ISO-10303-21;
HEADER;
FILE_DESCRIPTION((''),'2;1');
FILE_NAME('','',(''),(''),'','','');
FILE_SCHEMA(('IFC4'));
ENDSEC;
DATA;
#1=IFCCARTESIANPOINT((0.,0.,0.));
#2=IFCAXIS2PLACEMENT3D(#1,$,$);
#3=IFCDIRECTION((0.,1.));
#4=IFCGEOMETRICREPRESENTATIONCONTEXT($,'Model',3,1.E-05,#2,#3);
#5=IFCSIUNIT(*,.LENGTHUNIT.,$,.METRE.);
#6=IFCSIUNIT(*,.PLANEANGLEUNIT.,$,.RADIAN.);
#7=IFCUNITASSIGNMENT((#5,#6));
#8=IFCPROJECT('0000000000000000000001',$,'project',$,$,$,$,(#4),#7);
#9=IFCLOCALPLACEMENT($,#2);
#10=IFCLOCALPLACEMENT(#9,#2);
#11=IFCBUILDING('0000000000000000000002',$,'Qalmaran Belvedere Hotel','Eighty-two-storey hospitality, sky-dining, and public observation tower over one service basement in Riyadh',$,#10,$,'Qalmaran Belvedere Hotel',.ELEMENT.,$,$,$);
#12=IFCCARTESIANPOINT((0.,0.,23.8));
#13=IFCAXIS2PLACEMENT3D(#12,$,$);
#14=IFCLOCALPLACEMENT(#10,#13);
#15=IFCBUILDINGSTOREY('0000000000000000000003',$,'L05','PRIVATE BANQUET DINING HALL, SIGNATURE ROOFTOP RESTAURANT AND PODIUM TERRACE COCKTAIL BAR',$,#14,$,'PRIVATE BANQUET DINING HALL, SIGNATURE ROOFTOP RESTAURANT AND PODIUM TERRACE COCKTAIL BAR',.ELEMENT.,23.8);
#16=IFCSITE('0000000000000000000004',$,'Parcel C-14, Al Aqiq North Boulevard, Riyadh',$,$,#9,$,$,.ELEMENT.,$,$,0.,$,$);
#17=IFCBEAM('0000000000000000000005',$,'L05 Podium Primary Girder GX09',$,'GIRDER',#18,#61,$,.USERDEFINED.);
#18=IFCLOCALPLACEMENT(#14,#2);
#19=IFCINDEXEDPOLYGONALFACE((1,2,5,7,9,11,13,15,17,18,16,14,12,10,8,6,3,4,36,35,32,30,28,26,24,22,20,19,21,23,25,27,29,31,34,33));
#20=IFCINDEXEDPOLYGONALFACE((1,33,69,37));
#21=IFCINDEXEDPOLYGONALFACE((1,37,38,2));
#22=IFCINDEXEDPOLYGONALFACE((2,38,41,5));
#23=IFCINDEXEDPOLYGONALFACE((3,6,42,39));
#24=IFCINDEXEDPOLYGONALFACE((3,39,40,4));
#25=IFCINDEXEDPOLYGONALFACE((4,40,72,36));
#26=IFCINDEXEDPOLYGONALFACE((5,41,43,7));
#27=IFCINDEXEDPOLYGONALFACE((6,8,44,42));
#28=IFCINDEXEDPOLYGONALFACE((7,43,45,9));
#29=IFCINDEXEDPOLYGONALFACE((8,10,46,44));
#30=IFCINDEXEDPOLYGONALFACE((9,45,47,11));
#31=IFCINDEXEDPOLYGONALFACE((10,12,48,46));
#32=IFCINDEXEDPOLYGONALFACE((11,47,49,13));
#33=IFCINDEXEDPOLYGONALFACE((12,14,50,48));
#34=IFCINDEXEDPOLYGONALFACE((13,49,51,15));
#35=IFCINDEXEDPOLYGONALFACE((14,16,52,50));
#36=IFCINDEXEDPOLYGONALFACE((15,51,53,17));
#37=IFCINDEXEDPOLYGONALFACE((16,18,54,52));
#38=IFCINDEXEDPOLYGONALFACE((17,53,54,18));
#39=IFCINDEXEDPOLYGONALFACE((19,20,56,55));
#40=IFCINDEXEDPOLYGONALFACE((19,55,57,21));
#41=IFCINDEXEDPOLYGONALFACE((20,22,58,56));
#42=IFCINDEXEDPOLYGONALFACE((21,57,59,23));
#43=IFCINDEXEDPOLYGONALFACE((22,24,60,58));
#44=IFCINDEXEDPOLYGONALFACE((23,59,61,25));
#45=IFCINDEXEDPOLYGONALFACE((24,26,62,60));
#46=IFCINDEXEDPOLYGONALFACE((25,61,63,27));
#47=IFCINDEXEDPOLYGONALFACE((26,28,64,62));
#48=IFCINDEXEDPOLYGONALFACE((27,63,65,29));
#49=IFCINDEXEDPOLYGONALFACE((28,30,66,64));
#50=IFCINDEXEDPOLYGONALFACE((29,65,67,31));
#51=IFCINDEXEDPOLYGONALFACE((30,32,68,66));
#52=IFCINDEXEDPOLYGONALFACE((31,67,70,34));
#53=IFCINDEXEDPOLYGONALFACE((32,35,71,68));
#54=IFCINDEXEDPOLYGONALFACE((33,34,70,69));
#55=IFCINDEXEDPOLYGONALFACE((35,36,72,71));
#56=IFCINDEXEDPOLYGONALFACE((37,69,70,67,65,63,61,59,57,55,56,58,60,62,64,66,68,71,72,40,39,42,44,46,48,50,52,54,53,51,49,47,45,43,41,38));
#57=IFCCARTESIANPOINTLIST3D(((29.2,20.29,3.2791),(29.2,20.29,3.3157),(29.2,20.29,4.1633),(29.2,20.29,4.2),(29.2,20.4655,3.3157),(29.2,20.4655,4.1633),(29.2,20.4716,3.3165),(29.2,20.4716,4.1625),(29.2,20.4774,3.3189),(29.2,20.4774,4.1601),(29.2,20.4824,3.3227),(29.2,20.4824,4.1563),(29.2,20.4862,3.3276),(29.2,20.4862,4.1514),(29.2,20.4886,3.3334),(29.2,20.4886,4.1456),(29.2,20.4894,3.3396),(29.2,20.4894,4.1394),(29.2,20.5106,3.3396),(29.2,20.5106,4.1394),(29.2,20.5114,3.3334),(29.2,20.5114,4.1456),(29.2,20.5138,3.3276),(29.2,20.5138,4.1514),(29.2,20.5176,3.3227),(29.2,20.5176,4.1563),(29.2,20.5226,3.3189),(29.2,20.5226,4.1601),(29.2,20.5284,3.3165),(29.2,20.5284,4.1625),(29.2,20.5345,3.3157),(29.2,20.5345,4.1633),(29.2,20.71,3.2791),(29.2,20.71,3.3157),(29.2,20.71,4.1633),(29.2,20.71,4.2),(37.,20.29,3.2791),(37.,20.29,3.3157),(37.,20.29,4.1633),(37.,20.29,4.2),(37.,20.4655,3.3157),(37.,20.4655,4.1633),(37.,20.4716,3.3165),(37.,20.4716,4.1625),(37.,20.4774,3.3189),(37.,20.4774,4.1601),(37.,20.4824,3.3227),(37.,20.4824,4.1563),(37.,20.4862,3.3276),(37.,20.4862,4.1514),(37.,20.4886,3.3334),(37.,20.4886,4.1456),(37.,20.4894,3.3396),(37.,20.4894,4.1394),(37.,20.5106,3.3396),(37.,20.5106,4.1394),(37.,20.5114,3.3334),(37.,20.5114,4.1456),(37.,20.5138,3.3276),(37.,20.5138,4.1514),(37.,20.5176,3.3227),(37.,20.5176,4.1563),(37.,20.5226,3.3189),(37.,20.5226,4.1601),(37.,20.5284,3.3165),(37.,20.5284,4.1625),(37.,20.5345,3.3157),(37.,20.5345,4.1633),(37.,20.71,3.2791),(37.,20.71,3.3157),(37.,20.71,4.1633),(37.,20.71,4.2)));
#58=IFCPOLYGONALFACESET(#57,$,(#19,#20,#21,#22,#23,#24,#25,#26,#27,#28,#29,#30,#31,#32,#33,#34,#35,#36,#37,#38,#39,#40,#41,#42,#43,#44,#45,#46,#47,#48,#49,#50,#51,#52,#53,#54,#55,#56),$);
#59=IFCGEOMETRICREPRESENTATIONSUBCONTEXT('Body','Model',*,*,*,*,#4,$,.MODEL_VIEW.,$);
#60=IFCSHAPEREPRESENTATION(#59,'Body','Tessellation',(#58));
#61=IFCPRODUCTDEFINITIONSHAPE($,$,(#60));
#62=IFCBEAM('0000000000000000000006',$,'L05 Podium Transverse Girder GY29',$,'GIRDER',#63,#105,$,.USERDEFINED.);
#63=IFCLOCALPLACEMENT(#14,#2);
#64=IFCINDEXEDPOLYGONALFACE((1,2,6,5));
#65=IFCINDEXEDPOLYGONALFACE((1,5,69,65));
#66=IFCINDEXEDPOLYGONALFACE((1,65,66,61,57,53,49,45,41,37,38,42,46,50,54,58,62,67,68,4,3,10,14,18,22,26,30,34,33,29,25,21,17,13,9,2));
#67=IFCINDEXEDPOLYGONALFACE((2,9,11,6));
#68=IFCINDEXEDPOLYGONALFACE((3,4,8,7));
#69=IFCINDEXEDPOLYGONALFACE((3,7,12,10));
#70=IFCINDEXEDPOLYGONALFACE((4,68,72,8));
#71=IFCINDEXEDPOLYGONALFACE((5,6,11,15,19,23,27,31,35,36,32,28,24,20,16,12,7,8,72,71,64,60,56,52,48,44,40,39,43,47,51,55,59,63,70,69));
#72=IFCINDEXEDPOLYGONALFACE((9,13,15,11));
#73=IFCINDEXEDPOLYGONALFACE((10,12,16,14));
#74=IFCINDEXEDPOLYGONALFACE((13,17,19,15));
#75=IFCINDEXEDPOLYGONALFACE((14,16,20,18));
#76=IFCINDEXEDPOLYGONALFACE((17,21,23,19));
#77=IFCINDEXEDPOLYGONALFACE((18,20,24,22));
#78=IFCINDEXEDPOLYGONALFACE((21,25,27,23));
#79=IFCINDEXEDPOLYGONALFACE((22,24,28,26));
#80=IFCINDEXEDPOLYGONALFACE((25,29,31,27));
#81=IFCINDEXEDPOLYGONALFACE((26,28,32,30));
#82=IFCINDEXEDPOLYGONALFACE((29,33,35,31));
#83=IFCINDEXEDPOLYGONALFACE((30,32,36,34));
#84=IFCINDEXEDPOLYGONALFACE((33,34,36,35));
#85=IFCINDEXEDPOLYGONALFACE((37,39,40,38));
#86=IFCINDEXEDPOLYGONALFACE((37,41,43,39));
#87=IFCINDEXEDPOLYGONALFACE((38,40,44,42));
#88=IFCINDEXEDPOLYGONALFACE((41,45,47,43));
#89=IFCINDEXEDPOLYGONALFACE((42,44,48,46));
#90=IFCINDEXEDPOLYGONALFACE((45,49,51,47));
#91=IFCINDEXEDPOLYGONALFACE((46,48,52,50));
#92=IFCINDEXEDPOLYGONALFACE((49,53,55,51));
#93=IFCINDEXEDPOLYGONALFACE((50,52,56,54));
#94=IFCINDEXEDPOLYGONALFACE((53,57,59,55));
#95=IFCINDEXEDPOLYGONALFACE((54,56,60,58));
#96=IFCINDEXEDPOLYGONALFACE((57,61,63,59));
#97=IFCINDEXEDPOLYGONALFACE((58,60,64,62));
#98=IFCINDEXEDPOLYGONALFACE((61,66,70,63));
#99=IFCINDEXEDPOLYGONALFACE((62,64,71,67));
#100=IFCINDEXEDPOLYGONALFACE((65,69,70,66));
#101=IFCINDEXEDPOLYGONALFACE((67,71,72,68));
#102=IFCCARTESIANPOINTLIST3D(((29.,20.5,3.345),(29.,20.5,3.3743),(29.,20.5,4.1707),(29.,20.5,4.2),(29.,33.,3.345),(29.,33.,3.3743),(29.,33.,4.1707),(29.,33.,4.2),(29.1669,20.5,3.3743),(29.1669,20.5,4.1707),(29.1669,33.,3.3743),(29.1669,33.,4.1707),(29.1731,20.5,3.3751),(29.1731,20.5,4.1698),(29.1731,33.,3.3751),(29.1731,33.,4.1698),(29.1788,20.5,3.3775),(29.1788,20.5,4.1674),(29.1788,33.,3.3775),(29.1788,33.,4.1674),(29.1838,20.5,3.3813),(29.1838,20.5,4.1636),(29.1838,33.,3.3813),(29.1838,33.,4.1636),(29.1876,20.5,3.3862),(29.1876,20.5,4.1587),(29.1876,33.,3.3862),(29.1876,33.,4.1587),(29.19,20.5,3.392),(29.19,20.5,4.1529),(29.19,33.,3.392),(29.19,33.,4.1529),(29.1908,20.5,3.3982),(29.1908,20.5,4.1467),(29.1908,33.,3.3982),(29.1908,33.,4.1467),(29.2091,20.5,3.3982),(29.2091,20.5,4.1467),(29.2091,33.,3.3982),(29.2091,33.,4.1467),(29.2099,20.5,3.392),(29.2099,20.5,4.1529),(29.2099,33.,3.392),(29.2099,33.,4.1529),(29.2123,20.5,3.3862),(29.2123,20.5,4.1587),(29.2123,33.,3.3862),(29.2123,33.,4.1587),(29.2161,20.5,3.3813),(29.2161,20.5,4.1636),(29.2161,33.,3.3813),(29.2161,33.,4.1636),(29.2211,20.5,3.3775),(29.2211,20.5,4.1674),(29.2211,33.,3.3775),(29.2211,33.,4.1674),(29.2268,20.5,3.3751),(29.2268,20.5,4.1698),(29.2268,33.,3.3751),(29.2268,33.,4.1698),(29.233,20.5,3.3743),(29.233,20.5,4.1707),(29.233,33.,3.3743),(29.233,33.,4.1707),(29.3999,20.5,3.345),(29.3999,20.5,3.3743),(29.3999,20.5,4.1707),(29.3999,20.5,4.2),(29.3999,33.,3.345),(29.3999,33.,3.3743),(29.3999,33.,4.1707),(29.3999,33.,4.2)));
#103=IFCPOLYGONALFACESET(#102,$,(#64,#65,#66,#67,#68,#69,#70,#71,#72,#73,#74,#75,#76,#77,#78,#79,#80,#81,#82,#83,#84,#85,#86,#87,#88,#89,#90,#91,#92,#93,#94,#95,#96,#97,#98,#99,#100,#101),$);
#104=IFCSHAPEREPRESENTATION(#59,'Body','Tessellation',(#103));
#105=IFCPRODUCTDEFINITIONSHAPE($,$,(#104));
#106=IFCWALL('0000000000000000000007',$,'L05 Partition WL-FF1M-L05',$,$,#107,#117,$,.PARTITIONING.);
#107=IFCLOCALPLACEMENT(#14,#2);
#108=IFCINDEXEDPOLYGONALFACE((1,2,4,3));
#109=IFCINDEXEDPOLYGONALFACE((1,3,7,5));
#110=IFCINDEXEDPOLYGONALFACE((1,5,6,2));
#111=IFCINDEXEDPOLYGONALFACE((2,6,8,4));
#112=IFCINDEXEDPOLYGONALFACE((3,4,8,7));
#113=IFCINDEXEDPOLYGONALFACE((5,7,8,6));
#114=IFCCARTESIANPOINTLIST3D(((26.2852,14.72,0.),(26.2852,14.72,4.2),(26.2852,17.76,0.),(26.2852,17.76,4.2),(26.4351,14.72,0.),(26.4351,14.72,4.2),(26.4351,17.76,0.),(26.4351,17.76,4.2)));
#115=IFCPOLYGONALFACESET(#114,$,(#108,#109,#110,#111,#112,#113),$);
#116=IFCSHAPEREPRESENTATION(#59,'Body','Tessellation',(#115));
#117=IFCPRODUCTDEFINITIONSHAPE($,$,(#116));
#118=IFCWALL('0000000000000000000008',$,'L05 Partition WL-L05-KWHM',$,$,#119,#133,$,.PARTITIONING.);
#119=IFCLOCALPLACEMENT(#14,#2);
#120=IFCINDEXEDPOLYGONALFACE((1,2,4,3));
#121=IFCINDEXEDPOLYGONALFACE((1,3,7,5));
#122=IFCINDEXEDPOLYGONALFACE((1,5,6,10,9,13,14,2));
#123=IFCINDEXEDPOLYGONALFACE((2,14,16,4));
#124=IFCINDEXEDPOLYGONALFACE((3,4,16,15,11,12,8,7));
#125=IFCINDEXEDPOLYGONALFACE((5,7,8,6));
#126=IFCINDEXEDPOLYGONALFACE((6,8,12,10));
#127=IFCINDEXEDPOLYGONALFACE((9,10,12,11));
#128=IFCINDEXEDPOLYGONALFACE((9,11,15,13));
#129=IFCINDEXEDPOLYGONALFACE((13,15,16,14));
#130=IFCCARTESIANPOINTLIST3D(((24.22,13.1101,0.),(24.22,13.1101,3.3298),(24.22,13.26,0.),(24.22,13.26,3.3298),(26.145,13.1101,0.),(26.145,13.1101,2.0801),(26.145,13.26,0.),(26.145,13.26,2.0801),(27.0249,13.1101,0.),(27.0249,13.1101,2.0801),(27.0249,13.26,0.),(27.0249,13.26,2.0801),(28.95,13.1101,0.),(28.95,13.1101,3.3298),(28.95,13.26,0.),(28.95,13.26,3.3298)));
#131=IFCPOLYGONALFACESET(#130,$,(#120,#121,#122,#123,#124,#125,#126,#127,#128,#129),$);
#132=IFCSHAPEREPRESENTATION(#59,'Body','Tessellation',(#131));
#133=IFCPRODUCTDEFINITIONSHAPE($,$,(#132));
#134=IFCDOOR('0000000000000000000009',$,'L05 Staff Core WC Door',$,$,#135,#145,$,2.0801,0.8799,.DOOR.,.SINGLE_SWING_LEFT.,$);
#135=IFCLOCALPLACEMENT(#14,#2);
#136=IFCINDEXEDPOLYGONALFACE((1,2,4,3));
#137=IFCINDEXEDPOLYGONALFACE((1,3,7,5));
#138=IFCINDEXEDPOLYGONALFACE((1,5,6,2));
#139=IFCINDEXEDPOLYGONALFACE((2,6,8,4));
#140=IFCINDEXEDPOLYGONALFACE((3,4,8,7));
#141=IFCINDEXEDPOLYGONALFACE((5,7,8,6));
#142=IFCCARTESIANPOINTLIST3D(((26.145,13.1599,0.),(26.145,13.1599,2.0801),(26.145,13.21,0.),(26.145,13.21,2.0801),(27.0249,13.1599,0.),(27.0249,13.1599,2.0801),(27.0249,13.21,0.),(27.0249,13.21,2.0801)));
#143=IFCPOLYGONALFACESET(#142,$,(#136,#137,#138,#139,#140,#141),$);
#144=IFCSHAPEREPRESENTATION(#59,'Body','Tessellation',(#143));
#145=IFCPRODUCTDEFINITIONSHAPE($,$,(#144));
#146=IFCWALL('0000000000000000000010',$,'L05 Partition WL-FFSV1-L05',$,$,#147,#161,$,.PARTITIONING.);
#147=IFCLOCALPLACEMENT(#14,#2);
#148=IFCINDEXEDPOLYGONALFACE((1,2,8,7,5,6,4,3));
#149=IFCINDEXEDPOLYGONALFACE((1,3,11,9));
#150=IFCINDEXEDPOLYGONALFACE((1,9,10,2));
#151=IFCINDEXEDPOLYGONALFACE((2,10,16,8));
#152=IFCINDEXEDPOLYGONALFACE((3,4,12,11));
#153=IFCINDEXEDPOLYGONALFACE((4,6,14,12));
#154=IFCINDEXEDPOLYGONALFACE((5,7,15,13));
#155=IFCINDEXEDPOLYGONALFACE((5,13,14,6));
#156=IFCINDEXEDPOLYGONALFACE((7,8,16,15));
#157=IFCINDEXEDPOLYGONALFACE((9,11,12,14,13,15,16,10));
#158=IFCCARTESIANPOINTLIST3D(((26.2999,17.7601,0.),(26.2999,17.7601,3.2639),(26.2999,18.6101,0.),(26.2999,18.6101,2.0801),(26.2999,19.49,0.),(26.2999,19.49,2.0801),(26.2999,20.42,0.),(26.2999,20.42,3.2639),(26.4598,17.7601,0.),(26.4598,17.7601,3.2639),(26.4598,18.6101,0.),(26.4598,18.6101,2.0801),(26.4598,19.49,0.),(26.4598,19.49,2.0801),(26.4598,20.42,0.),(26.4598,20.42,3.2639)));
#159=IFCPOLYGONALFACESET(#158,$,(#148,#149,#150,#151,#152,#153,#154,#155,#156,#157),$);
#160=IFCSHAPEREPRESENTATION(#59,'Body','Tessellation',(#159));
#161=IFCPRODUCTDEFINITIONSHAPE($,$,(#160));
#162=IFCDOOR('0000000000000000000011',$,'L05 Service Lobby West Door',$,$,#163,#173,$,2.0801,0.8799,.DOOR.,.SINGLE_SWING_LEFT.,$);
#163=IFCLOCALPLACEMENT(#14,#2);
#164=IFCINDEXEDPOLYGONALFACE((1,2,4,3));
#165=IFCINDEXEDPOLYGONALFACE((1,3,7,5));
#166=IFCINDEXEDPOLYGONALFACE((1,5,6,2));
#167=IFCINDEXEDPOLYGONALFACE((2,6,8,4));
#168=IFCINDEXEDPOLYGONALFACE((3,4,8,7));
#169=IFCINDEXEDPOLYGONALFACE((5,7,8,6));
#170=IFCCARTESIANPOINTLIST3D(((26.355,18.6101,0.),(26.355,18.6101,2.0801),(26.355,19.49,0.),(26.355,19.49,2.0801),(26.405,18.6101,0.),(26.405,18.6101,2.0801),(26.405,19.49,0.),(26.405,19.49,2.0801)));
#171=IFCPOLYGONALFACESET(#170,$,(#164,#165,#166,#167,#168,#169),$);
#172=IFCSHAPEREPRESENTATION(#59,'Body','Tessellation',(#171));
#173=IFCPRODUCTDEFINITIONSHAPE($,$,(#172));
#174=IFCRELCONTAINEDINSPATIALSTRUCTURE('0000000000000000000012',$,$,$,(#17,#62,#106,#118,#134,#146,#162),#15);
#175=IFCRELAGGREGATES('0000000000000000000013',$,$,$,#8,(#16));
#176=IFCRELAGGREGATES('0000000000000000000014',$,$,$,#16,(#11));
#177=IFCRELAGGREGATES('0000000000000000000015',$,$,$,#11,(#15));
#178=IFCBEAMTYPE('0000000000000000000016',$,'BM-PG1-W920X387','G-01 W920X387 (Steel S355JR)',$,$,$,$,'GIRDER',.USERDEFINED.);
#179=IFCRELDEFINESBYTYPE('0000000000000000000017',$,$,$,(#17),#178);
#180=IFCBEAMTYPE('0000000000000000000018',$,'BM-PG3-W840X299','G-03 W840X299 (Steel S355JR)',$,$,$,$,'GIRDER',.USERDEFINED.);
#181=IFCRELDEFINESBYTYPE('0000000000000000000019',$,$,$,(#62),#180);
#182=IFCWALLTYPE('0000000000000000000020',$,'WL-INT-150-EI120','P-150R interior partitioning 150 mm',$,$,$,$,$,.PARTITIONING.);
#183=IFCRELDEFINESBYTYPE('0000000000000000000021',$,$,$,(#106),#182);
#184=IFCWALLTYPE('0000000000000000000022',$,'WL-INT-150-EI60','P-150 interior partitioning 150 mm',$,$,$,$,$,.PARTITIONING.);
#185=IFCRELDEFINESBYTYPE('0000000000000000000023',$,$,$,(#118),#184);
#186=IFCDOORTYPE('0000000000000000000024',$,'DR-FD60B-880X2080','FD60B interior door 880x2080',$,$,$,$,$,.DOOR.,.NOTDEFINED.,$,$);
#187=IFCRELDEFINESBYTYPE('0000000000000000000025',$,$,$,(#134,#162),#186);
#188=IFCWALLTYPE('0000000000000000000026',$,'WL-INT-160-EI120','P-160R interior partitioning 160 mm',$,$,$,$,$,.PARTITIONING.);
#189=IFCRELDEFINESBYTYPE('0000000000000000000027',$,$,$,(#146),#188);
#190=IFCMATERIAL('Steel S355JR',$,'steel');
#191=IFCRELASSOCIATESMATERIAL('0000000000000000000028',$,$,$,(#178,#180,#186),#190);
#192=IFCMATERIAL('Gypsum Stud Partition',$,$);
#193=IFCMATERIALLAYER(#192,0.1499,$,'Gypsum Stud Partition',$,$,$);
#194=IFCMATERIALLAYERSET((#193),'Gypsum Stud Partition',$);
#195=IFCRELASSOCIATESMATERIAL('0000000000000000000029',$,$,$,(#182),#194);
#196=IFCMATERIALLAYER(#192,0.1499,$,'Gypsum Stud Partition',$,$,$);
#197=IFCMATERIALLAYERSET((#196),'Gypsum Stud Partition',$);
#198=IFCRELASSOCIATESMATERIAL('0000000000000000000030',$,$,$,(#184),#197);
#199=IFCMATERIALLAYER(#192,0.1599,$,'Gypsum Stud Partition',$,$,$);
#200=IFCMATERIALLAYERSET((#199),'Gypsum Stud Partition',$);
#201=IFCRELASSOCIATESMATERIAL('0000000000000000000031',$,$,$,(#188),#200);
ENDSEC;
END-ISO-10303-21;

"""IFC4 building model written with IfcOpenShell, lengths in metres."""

from ifc_helpers import new_model, si_unit, direction, frame, frame_2d, origin, origin_2d, place, context, subcontext, project, spatial, rectangle, i_section, extrude, material, layer, layer_set, material_profile, profile_set, type_object, element, fill, save


model = new_model("IFC4")

# Units and contexts
model_context = context("Model", 3, precision=1e-05, world=origin(), true_north=direction((0.0, 1.0)))
body_context = subcontext(model_context, "Body", "Model", "MODEL_VIEW")
ifc_project = project(units=[si_unit("LENGTHUNIT", "METRE"), si_unit("PLANEANGLEUNIT", "RADIAN")], contexts=[model_context])

# Site, building, storey
site_placement = place(None, origin())
site = spatial("IfcSite", under=ifc_project, at=site_placement, Name="Parcel C-14, Al Aqiq North Boulevard, Riyadh", CompositionType="ELEMENT", RefElevation=0.0)
building_placement = place(site_placement, origin())
building = spatial("IfcBuilding", under=site, at=building_placement, Name="Qalmaran Belvedere Hotel", Description="Eighty-two-storey hospitality, sky-dining, and public observation tower over one service basement in Riyadh", LongName="Qalmaran Belvedere Hotel", CompositionType="ELEMENT")
storey_placement = place(building_placement, frame((0.0, 0.0, 23.8)))
storey = spatial("IfcBuildingStorey", under=building, at=storey_placement, Name="L05", Description="PRIVATE BANQUET DINING HALL, SIGNATURE ROOFTOP RESTAURANT AND PODIUM TERRACE COCKTAIL BAR", LongName="PRIVATE BANQUET DINING HALL, SIGNATURE ROOFTOP RESTAURANT AND PODIUM TERRACE COCKTAIL BAR", CompositionType="ELEMENT", Elevation=23.8)

# Beams
ifc_material_1 = material(Name="Steel S355JR", Category="steel")
ifc_material_profile_1 = material_profile(ifc_material_1, i_section(OverallWidth=0.4199, OverallDepth=0.9209, WebThickness=0.0212, FlangeThickness=0.0366, FilletRadius=0.0239, at=origin_2d()), Name="W920X387")
ifc_profile_set_1 = profile_set([ifc_material_profile_1], Name="Steel S355JR")
beam_type_1 = type_object("IfcBeamType", Name="BM-PG1-W920X387", Description="G-01 W920X387 (Steel S355JR)", ElementType="GIRDER", PredefinedType="USERDEFINED", material=ifc_profile_set_1)
beam_1_placement = place(storey_placement, frame((29.2, 20.5, 3.7395), z_axis=(1.0, 0.0, 0.0), x_axis=(0.0, 1.0, 0.0)))
element("IfcBeam", 1, at=beam_1_placement, inside=storey, type_object=beam_type_1, Name="L05 Podium Primary Girder GX09", ObjectType="GIRDER", PredefinedType="USERDEFINED", context=body_context, shape_type="SweptSolid", body=[
    extrude(i_section(OverallWidth=0.4199, OverallDepth=0.9209, WebThickness=0.0212, FlangeThickness=0.0366, FilletRadius=0.0239, at=origin_2d()), origin(), (0.0, 0.0, 1.0), 7.8),
])
ifc_material_profile_2 = material_profile(ifc_material_1, i_section(OverallWidth=0.3999, OverallDepth=0.855, WebThickness=0.0183, FlangeThickness=0.0293, FilletRadius=0.0239, at=origin_2d()), Name="W840X299")
ifc_profile_set_2 = profile_set([ifc_material_profile_2], Name="Steel S355JR")
beam_type_2 = type_object("IfcBeamType", Name="BM-PG3-W840X299", Description="G-03 W840X299 (Steel S355JR)", ElementType="GIRDER", PredefinedType="USERDEFINED", material=ifc_profile_set_2)
beam_2_placement = place(storey_placement, frame((29.2, 20.5, 3.7725), z_axis=(0.0, 1.0, 0.0), x_axis=(-1.0, 0.0, 0.0)))
element("IfcBeam", 2, at=beam_2_placement, inside=storey, type_object=beam_type_2, Name="L05 Podium Transverse Girder GY29", ObjectType="GIRDER", PredefinedType="USERDEFINED", context=body_context, shape_type="SweptSolid", body=[
    extrude(i_section(OverallWidth=0.3999, OverallDepth=0.855, WebThickness=0.0183, FlangeThickness=0.0293, FilletRadius=0.0239, at=origin_2d()), origin(), (0.0, 0.0, 1.0), 12.5),
])

# Wall
ifc_material_2 = material(Name="Gypsum Stud Partition")
ifc_layer_1 = layer(ifc_material_2, 0.1499, Name="Gypsum Stud Partition")
ifc_layer_set_1 = layer_set([ifc_layer_1], Name="Gypsum Stud Partition")
wall_type_1 = type_object("IfcWallType", Name="WL-INT-150-EI120", Description="P-150R interior partitioning 150 mm", PredefinedType="PARTITIONING", material=ifc_layer_set_1)
wall_1_placement = place(storey_placement, frame((26.3601, 14.72, 0.0), z_axis=(0.0, 0.0, 1.0), x_axis=(0.0, 1.0, 0.0)))
element("IfcWall", 3, at=wall_1_placement, inside=storey, type_object=wall_type_1, Name="L05 Partition WL-FF1M-L05", PredefinedType="PARTITIONING", context=body_context, shape_type="SweptSolid", body=[
    extrude(rectangle(XDim=3.04, YDim=0.1499, at=frame_2d((1.52, 0.0))), origin(), (0.0, 0.0, 1.0), 4.2),
])

# Walls, openings, doors
ifc_layer_2 = layer(ifc_material_2, 0.1499, Name="Gypsum Stud Partition")
ifc_layer_set_2 = layer_set([ifc_layer_2], Name="Gypsum Stud Partition")
wall_type_2 = type_object("IfcWallType", Name="WL-INT-150-EI60", Description="P-150 interior partitioning 150 mm", PredefinedType="PARTITIONING", material=ifc_layer_set_2)
wall_2_placement = place(storey_placement, frame((24.22, 13.1851, 0.0), z_axis=(0.0, 0.0, 1.0), x_axis=(1.0, 0.0, 0.0)))
wall_2 = element("IfcWall", 4, at=wall_2_placement, inside=storey, type_object=wall_type_2, Name="L05 Partition WL-L05-KWHM", PredefinedType="PARTITIONING", context=body_context, shape_type="SweptSolid", body=[
    extrude(rectangle(XDim=4.73, YDim=0.1499, at=frame_2d((2.365, 0.0))), origin(), (0.0, 0.0, 1.0), 3.3298),
])
opening_1_placement = place(wall_2_placement, frame((1.925, 0.0, 0.0)))
opening_1 = element("IfcOpeningElement", 5, at=opening_1_placement, cuts=wall_2, PredefinedType="OPENING", context=body_context, shape_type="SweptSolid", body=[
    extrude(rectangle(XDim=0.8799, YDim=2.0801, at=frame_2d((0.4399, 1.04))), frame((0.0, 0.085, 0.0), z_axis=(0.0, -1.0, 0.0), x_axis=(1.0, 0.0, 0.0)), (0.0, 0.0, 1.0), 0.1699),
])
door_type_1 = type_object("IfcDoorType", Name="DR-FD60B-880X2080", Description="FD60B interior door 880x2080", OperationType="NOTDEFINED", PredefinedType="DOOR", material=ifc_material_1)
door_1_placement = place(opening_1_placement, origin())
door_1 = element("IfcDoor", 6, at=door_1_placement, inside=storey, type_object=door_type_1, Name="L05 Staff Core WC Door", OperationType="SINGLE_SWING_LEFT", OverallHeight=2.0801, OverallWidth=0.8799, PredefinedType="DOOR", context=body_context, shape_type="SweptSolid", body=[
    extrude(rectangle(XDim=0.8799, YDim=2.0801, at=frame_2d((0.4399, 1.04))), frame((0.0, 0.0249, 0.0), z_axis=(0.0, -1.0, 0.0), x_axis=(1.0, 0.0, 0.0)), (0.0, 0.0, 1.0), 0.05),
])
fill(opening_1, door_1)
ifc_layer_3 = layer(ifc_material_2, 0.1599, Name="Gypsum Stud Partition")
ifc_layer_set_3 = layer_set([ifc_layer_3], Name="Gypsum Stud Partition")
wall_type_3 = type_object("IfcWallType", Name="WL-INT-160-EI120", Description="P-160R interior partitioning 160 mm", PredefinedType="PARTITIONING", material=ifc_layer_set_3)
wall_3_placement = place(storey_placement, frame((26.3799, 17.76, 0.0), z_axis=(0.0, 0.0, 1.0), x_axis=(0.0, 1.0, 0.0)))
wall_3 = element("IfcWall", 7, at=wall_3_placement, inside=storey, type_object=wall_type_3, Name="L05 Partition WL-FFSV1-L05", PredefinedType="PARTITIONING", context=body_context, shape_type="SweptSolid", body=[
    extrude(rectangle(XDim=2.6599, YDim=0.1599, at=frame_2d((1.3301, 0.0))), origin(), (0.0, 0.0, 1.0), 3.2639),
])
opening_2_placement = place(wall_3_placement, frame((0.8501, 0.0, 0.0)))
opening_2 = element("IfcOpeningElement", 8, at=opening_2_placement, cuts=wall_3, PredefinedType="OPENING", context=body_context, shape_type="SweptSolid", body=[
    extrude(rectangle(XDim=0.8799, YDim=2.0801, at=frame_2d((0.4399, 1.04))), frame((0.0, 0.0898, 0.0), z_axis=(0.0, -1.0, 0.0), x_axis=(1.0, 0.0, 0.0)), (0.0, 0.0, 1.0), 0.1799),
])
door_2_placement = place(opening_2_placement, origin())
door_2 = element("IfcDoor", 9, at=door_2_placement, inside=storey, type_object=door_type_1, Name="L05 Service Lobby West Door", OperationType="SINGLE_SWING_LEFT", OverallHeight=2.0801, OverallWidth=0.8799, PredefinedType="DOOR", context=body_context, shape_type="SweptSolid", body=[
    extrude(rectangle(XDim=0.8799, YDim=2.0801, at=frame_2d((0.4399, 1.04))), frame((0.0, 0.0249, 0.0), z_axis=(0.0, -1.0, 0.0), x_axis=(1.0, 0.0, 0.0)), (0.0, 0.0, 1.0), 0.05),
])
fill(opening_2, door_2)

save(model, "model.ifc")
